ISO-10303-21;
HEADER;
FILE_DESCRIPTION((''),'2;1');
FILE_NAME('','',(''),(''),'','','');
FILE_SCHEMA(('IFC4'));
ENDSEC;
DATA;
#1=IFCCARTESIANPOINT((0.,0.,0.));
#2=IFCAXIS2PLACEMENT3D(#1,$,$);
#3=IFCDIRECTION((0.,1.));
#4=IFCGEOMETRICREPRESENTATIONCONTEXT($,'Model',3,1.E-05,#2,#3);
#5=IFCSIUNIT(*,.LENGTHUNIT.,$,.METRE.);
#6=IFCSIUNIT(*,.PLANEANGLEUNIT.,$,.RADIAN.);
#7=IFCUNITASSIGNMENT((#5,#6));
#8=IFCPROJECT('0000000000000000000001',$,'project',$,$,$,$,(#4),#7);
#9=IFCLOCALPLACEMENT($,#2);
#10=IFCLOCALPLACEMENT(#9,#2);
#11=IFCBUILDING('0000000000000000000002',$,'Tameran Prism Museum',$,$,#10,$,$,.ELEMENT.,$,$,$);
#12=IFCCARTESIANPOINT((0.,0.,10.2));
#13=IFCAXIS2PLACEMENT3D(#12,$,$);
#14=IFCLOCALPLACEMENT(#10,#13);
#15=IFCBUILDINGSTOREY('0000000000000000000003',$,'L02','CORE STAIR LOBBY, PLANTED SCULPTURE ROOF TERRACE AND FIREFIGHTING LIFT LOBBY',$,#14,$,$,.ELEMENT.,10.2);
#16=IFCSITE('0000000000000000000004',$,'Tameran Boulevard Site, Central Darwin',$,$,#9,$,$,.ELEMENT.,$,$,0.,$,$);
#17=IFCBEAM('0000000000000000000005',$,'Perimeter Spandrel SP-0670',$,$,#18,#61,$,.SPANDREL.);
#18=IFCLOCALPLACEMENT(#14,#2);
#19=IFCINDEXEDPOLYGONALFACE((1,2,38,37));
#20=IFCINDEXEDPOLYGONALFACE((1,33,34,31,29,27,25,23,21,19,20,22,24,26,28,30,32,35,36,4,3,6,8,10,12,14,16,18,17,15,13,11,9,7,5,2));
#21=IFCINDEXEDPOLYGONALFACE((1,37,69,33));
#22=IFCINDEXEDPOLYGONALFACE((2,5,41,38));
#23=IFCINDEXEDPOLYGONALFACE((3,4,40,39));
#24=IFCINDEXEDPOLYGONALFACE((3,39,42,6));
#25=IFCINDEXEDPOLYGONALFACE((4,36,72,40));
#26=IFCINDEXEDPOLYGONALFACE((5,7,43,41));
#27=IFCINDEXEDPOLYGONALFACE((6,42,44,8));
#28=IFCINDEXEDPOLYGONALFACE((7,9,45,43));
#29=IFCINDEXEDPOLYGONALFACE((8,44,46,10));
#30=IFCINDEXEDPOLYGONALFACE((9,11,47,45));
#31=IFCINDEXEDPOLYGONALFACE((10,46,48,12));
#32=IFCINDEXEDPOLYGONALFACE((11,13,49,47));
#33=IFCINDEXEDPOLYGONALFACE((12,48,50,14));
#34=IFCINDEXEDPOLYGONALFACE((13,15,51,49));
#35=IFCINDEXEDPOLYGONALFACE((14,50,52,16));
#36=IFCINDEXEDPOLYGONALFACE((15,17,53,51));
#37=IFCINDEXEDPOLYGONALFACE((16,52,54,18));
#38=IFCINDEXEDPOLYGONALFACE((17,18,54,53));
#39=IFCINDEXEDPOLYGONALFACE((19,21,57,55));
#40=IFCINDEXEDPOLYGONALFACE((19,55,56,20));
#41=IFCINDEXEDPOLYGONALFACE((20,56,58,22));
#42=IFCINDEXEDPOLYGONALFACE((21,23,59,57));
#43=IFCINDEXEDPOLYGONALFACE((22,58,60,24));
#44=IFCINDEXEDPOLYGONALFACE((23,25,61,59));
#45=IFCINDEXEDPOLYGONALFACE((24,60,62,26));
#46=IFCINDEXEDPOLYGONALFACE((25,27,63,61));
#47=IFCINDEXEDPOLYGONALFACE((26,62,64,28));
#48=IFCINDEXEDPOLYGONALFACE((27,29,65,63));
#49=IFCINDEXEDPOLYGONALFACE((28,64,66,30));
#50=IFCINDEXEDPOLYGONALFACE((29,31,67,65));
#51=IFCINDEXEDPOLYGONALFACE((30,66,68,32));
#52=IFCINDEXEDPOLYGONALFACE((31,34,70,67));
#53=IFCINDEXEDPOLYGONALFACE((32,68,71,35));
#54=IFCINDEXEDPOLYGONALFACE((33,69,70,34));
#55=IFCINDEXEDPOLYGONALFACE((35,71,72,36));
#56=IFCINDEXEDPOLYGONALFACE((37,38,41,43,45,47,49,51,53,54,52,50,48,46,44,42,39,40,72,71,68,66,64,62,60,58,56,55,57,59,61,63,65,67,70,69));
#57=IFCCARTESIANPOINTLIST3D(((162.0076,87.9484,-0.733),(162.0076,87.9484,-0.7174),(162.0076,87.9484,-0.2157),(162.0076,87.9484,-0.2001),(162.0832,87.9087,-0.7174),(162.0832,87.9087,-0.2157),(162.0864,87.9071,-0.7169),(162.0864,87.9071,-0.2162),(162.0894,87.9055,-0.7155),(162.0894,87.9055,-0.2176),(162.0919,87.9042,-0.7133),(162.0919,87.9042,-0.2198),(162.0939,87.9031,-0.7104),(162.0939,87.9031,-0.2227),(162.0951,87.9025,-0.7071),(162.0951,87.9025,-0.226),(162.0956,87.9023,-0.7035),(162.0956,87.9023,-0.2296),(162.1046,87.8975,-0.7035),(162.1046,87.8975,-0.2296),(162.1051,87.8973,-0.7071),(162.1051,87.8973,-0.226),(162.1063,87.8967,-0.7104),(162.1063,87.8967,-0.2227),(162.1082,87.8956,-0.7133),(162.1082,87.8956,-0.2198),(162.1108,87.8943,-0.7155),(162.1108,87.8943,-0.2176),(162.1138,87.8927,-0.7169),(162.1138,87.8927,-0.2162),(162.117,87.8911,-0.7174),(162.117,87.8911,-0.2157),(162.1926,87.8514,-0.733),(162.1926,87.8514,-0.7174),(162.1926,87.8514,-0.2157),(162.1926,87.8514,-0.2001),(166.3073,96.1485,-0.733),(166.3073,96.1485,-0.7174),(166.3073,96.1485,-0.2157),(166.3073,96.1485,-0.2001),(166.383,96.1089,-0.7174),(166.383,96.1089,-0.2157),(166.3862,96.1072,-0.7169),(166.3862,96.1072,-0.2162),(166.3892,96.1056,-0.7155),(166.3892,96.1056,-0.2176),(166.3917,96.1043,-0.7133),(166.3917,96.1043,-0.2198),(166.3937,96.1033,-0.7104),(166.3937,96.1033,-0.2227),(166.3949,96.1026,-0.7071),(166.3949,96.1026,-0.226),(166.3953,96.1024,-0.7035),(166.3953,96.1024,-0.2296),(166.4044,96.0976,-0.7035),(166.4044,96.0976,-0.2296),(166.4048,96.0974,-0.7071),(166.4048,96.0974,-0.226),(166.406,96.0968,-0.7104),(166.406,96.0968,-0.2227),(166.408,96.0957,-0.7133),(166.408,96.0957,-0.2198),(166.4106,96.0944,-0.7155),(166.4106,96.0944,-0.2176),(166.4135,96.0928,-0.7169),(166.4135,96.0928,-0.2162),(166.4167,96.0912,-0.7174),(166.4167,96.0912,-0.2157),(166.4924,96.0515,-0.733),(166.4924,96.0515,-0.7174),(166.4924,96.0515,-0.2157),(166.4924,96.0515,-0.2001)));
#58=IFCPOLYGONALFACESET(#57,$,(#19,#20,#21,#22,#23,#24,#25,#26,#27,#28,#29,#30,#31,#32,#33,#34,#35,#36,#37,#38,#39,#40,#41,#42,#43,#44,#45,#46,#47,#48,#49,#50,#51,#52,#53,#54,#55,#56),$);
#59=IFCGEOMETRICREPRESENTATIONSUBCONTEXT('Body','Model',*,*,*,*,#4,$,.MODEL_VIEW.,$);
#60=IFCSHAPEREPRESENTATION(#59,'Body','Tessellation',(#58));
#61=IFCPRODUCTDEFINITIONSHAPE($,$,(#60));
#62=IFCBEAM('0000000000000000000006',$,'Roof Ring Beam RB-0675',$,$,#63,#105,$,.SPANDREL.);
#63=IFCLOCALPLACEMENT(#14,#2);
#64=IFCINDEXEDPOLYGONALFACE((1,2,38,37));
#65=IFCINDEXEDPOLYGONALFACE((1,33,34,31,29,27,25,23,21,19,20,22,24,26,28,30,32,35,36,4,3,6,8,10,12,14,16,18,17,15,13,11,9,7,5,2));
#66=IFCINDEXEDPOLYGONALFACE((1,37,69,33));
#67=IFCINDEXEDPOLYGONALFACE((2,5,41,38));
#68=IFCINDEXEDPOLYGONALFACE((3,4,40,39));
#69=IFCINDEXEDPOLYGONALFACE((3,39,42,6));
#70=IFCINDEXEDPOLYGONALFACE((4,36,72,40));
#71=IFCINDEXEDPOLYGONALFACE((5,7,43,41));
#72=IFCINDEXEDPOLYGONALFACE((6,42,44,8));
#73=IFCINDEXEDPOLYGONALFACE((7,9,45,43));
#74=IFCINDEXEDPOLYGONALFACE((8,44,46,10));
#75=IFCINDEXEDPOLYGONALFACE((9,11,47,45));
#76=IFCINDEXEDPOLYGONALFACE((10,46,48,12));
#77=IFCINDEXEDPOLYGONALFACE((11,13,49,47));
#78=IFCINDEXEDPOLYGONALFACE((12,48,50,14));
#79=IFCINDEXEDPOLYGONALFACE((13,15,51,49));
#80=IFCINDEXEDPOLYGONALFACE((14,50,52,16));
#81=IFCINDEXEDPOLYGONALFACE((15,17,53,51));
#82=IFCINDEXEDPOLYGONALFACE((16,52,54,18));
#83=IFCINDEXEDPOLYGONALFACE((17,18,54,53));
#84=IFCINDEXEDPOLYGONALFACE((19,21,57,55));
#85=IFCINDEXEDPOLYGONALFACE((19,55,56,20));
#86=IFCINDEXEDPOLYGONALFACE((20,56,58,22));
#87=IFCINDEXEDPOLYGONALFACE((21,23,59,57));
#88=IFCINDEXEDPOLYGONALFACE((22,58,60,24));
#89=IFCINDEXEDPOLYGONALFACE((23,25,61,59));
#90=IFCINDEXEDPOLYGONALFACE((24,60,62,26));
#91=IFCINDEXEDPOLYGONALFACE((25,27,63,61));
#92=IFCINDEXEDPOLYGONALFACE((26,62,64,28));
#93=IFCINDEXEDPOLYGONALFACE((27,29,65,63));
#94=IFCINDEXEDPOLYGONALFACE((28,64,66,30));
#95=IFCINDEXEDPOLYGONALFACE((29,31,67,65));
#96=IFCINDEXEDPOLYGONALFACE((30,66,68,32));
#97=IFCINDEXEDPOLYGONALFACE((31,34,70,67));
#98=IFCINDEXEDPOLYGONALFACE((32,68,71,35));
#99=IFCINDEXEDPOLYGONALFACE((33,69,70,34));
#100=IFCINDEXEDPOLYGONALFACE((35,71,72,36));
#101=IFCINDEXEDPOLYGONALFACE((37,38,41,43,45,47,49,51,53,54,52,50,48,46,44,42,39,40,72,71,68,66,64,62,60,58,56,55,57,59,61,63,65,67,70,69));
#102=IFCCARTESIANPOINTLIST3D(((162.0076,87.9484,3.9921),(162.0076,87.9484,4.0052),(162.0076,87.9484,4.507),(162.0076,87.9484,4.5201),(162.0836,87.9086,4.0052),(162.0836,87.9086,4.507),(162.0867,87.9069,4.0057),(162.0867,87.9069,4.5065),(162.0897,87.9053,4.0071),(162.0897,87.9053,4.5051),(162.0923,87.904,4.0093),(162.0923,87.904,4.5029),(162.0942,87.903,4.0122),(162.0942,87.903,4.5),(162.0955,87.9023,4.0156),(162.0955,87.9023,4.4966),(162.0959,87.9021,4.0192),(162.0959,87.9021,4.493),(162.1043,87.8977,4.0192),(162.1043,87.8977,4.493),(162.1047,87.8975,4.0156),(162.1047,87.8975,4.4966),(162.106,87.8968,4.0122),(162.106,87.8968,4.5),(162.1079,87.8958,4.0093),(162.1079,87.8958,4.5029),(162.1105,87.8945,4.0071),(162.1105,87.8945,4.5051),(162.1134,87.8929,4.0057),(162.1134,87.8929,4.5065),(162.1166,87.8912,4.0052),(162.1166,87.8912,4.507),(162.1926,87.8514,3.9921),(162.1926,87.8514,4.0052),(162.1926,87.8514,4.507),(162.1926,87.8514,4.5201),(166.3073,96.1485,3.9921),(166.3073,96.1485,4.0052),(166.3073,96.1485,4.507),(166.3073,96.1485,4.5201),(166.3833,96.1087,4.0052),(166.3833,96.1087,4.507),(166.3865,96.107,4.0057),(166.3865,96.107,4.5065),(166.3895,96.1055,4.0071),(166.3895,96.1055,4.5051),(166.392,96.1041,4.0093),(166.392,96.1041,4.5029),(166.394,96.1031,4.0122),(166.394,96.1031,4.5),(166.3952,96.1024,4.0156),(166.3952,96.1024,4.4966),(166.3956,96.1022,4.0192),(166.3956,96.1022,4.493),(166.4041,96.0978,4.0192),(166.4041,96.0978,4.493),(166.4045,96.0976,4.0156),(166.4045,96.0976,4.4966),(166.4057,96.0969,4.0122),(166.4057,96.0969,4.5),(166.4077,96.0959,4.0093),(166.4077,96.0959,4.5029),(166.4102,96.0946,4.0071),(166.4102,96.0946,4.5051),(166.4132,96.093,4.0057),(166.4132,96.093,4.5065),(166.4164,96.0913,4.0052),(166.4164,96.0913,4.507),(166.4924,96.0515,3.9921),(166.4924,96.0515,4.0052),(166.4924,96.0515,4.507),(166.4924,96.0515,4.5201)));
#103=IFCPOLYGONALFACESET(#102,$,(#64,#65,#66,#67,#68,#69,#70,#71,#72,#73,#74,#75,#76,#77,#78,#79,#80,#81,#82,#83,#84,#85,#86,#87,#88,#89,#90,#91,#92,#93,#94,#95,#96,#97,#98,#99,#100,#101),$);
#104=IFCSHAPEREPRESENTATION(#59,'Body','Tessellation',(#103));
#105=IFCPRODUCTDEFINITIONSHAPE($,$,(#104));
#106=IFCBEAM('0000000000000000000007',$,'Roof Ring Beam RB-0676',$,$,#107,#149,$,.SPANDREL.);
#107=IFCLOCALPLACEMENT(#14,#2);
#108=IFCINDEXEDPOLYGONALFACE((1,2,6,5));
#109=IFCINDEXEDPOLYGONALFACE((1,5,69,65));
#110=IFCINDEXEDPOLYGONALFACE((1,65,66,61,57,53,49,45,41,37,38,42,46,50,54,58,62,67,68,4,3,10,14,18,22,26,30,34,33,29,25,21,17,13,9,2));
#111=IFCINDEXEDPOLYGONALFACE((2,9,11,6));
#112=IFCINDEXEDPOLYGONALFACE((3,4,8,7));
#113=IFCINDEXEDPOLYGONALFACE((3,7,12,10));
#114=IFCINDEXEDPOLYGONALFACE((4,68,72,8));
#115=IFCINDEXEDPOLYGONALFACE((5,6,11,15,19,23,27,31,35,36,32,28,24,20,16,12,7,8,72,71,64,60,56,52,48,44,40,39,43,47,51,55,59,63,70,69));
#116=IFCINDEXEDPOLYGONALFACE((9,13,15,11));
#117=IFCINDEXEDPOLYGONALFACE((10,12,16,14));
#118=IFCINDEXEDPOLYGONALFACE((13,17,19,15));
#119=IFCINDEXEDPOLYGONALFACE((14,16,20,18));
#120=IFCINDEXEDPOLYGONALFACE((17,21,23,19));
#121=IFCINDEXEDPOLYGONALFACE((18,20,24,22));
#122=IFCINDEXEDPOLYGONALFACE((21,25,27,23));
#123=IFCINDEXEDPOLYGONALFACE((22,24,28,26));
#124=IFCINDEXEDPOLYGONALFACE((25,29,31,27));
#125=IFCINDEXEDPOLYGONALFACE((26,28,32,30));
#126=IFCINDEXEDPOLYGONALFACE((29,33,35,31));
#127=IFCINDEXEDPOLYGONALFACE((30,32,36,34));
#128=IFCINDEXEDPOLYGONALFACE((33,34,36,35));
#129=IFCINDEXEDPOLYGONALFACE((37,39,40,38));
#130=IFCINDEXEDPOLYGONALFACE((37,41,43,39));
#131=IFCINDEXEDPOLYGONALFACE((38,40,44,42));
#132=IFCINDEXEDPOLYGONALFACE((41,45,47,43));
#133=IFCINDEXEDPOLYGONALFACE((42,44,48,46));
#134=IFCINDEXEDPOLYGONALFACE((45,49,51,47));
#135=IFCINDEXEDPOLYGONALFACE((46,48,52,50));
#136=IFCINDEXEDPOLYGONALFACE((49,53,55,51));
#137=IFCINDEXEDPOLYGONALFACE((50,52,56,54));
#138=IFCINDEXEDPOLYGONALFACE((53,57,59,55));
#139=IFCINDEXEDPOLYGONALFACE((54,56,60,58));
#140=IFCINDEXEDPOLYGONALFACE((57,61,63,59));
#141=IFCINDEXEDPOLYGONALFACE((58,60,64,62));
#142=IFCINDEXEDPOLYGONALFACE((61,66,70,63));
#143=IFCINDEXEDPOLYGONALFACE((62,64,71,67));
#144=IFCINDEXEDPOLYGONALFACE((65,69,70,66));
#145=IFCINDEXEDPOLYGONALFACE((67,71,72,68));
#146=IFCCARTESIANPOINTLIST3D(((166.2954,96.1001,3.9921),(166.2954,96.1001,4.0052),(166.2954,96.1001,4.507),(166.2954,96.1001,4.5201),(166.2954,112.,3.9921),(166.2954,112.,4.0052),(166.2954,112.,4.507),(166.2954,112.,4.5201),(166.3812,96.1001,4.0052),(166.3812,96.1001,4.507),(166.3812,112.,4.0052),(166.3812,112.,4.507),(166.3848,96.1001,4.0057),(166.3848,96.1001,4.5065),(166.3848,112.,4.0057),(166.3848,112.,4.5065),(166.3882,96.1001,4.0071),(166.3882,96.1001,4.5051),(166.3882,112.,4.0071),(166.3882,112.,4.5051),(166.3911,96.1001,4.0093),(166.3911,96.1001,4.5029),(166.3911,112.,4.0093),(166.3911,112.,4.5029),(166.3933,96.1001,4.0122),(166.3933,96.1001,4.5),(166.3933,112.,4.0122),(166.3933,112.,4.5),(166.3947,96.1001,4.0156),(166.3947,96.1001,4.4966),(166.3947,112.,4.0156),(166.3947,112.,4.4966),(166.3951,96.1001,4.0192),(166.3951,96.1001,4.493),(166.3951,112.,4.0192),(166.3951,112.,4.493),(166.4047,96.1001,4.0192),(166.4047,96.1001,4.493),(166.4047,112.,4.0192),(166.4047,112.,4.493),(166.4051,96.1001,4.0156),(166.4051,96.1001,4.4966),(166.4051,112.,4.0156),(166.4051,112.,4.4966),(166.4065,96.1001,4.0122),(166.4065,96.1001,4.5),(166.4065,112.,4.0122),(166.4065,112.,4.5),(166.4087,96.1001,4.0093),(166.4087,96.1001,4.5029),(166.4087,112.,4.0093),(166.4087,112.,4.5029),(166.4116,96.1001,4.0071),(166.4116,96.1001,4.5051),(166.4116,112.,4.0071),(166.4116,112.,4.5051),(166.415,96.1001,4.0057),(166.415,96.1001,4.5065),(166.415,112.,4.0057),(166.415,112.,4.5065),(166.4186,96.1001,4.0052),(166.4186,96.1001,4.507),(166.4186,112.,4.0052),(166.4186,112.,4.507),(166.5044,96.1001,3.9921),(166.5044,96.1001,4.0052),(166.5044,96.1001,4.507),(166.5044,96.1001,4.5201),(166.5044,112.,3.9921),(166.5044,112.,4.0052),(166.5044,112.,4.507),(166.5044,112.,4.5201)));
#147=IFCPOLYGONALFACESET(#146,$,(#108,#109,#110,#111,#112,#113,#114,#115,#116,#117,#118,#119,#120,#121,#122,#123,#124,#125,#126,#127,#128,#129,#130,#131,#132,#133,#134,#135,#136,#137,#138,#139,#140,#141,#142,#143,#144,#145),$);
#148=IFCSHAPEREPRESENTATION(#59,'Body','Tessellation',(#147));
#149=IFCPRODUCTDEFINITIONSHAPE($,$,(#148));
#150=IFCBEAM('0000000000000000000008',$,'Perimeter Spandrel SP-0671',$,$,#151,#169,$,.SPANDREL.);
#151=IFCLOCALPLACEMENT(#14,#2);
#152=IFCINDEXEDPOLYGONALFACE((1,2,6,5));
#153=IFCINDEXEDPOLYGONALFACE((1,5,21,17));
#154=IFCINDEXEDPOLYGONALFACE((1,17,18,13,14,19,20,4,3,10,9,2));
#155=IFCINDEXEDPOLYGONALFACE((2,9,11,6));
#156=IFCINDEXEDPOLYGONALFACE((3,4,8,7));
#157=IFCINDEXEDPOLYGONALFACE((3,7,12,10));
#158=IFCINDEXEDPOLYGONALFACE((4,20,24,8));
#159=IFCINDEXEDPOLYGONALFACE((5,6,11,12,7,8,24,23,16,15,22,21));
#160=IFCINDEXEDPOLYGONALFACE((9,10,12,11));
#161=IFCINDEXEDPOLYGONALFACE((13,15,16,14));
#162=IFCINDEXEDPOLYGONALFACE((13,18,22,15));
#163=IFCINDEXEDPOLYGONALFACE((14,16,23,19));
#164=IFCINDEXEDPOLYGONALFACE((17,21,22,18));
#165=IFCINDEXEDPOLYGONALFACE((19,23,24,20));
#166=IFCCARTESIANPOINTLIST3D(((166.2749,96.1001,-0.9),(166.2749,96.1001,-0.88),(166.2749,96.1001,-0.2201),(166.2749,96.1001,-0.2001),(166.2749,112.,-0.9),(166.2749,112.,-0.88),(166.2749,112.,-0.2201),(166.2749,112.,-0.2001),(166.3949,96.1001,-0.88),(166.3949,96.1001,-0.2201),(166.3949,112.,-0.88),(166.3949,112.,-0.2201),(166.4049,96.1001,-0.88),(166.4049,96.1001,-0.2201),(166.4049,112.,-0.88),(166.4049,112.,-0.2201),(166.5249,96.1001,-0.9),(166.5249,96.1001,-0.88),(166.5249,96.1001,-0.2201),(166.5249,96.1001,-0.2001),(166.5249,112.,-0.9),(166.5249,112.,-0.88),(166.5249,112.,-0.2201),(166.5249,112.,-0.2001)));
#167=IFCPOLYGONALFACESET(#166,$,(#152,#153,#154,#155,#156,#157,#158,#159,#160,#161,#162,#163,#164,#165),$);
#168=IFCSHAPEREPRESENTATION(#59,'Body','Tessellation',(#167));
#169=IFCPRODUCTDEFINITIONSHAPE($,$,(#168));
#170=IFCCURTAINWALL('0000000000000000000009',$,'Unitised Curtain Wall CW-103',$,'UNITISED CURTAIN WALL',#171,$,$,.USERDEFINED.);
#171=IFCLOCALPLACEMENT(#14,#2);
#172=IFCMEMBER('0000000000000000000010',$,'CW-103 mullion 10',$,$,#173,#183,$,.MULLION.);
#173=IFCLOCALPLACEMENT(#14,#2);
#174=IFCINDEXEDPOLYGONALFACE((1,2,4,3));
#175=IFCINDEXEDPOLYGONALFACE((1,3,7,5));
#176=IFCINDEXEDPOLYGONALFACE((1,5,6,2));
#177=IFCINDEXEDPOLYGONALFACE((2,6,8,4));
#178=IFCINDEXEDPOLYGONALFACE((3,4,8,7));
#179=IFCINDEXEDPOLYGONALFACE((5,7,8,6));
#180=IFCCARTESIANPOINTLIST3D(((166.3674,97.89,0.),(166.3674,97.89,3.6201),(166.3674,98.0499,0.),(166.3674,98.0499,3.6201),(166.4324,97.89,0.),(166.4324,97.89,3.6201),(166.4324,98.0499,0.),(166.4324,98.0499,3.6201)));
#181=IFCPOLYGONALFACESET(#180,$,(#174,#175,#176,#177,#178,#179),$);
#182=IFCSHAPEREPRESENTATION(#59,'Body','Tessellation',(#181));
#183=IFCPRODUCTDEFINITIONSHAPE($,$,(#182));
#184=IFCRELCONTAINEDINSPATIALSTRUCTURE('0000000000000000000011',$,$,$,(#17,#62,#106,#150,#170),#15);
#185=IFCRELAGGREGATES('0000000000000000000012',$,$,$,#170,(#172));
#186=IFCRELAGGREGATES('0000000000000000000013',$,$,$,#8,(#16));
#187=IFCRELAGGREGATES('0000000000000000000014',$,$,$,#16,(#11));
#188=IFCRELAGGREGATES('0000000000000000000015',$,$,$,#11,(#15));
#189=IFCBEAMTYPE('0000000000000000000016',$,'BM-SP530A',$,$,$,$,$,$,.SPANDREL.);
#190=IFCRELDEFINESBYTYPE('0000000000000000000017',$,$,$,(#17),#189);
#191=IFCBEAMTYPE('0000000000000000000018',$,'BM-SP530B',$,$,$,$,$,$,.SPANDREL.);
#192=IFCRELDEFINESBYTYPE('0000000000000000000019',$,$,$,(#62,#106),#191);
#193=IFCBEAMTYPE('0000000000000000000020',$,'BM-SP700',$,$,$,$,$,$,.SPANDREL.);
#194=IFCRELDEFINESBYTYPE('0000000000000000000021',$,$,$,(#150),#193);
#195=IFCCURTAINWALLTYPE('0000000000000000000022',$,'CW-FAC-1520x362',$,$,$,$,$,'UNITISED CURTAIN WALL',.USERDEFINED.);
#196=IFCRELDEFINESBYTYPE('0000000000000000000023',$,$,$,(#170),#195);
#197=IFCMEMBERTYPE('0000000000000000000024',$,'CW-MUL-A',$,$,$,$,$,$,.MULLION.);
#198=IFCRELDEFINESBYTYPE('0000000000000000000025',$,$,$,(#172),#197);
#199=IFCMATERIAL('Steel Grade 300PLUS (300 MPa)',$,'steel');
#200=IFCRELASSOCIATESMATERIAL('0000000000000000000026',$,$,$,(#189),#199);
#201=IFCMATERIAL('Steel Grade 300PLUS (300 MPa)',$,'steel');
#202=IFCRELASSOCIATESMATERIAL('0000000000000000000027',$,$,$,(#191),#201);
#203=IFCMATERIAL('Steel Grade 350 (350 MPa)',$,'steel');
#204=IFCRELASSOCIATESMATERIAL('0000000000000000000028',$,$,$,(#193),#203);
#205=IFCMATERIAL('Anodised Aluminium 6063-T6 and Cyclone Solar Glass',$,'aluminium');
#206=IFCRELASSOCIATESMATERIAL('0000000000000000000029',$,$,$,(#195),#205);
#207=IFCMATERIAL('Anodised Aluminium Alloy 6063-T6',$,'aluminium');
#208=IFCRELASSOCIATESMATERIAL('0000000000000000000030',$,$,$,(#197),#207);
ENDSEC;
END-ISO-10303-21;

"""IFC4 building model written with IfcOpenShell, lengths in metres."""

from ifc_helpers import new_model, si_unit, direction, frame, origin, origin_2d, place, context, subcontext, project, spatial, rectangle, i_section, extrude, material, material_profile, profile_set, type_object, element, aggregate, save


model = new_model("IFC4")

# Units and contexts
model_context = context("Model", 3, precision=1e-05, world=origin(), true_north=direction((0.0, 1.0)))
body_context = subcontext(model_context, "Body", "Model", "MODEL_VIEW")
ifc_project = project(units=[si_unit("LENGTHUNIT", "METRE"), si_unit("PLANEANGLEUNIT", "RADIAN")], contexts=[model_context])

# Site, building, storey
site_placement = place(None, origin())
site = spatial("IfcSite", under=ifc_project, at=site_placement, Name="Tameran Boulevard Site, Central Darwin", CompositionType="ELEMENT", RefElevation=0.0)
building_placement = place(site_placement, origin())
building = spatial("IfcBuilding", under=site, at=building_placement, Name="Tameran Prism Museum", CompositionType="ELEMENT")
storey_placement = place(building_placement, frame((0.0, 0.0, 10.2)))
storey = spatial("IfcBuildingStorey", under=building, at=storey_placement, Name="L02", Description="CORE STAIR LOBBY, PLANTED SCULPTURE ROOF TERRACE AND FIREFIGHTING LIFT LOBBY", CompositionType="ELEMENT", Elevation=10.2)

# Beams
ifc_material_1 = material(Name="Steel Grade 300PLUS (300 MPa)", Category="steel")
ifc_material_profile_1 = material_profile(ifc_material_1, i_section(OverallWidth=0.209, OverallDepth=0.533, WebThickness=0.0103, FlangeThickness=0.0156, FilletRadius=0.0139, at=origin_2d()))
ifc_profile_set_1 = profile_set([ifc_material_profile_1])
beam_type_1 = type_object("IfcBeamType", Name="BM-SP530A", PredefinedType="SPANDREL", material=ifc_profile_set_1)
beam_1_placement = place(storey_placement, frame((162.1001, 87.8999, -0.4666), z_axis=(0.464385, 0.885633, 0.0), x_axis=(-0.885633, 0.464385, 0.0)))
element("IfcBeam", 1, at=beam_1_placement, inside=storey, type_object=beam_type_1, Name="Perimeter Spandrel SP-0670", PredefinedType="SPANDREL", context=body_context, shape_type="SweptSolid", body=[
    extrude(i_section(OverallWidth=0.209, OverallDepth=0.533, WebThickness=0.0103, FlangeThickness=0.0156, FilletRadius=0.0139, at=origin_2d()), origin(), (0.0, 0.0, 1.0), 9.259),
])
ifc_material_2 = material(Name="Steel Grade 300PLUS (300 MPa)", Category="steel")
ifc_material_profile_2 = material_profile(ifc_material_2, i_section(OverallWidth=0.209, OverallDepth=0.5281, WebThickness=0.0095, FlangeThickness=0.0132, FilletRadius=0.0139, at=origin_2d()))
ifc_profile_set_2 = profile_set([ifc_material_profile_2])
beam_type_2 = type_object("IfcBeamType", Name="BM-SP530B", PredefinedType="SPANDREL", material=ifc_profile_set_2)
beam_2_placement = place(storey_placement, frame((162.1001, 87.8999, 4.2561), z_axis=(0.464385, 0.885633, 0.0), x_axis=(-0.885633, 0.464385, 0.0)))
element("IfcBeam", 2, at=beam_2_placement, inside=storey, type_object=beam_type_2, Name="Roof Ring Beam RB-0675", PredefinedType="SPANDREL", context=body_context, shape_type="SweptSolid", body=[
    extrude(i_section(OverallWidth=0.209, OverallDepth=0.5281, WebThickness=0.0095, FlangeThickness=0.0132, FilletRadius=0.0139, at=origin_2d()), origin(), (0.0, 0.0, 1.0), 9.259),
])
beam_3_placement = place(storey_placement, frame((166.3999, 96.1001, 4.2561), z_axis=(0.0, 1.0, 0.0), x_axis=(-1.0, 0.0, 0.0)))
element("IfcBeam", 3, at=beam_3_placement, inside=storey, type_object=beam_type_2, Name="Roof Ring Beam RB-0676", PredefinedType="SPANDREL", context=body_context, shape_type="SweptSolid", body=[
    extrude(i_section(OverallWidth=0.209, OverallDepth=0.5281, WebThickness=0.0095, FlangeThickness=0.0132, FilletRadius=0.0139, at=origin_2d()), origin(), (0.0, 0.0, 1.0), 15.8999),
])
ifc_material_3 = material(Name="Steel Grade 350 (350 MPa)", Category="steel")
ifc_material_profile_3 = material_profile(ifc_material_3, i_section(OverallWidth=0.25, OverallDepth=0.7, WebThickness=0.01, FlangeThickness=0.02, at=origin_2d()))
ifc_profile_set_3 = profile_set([ifc_material_profile_3])
beam_type_3 = type_object("IfcBeamType", Name="BM-SP700", PredefinedType="SPANDREL", material=ifc_profile_set_3)
beam_4_placement = place(storey_placement, frame((166.3999, 96.1001, -0.55), z_axis=(0.0, 1.0, 0.0), x_axis=(-1.0, 0.0, 0.0)))
element("IfcBeam", 4, at=beam_4_placement, inside=storey, type_object=beam_type_3, Name="Perimeter Spandrel SP-0671", PredefinedType="SPANDREL", context=body_context, shape_type="SweptSolid", body=[
    extrude(i_section(OverallWidth=0.25, OverallDepth=0.7, WebThickness=0.01, FlangeThickness=0.02, at=origin_2d()), origin(), (0.0, 0.0, 1.0), 15.8999),
])

# Curtain wall, member
ifc_material_4 = material(Name="Anodised Aluminium 6063-T6 and Cyclone Solar Glass", Category="aluminium")
curtain_wall_type_1 = type_object("IfcCurtainWallType", Name="CW-FAC-1520x362", ElementType="UNITISED CURTAIN WALL", PredefinedType="USERDEFINED", material=ifc_material_4)
curtain_wall_1_placement = place(storey_placement, origin())
curtain_wall_1 = element("IfcCurtainWall", 5, at=curtain_wall_1_placement, inside=storey, type_object=curtain_wall_type_1, Name="Unitised Curtain Wall CW-103", ObjectType="UNITISED CURTAIN WALL", PredefinedType="USERDEFINED")
ifc_material_5 = material(Name="Anodised Aluminium Alloy 6063-T6", Category="aluminium")
ifc_material_profile_4 = material_profile(ifc_material_5, rectangle(XDim=0.0649, YDim=0.1599, at=origin_2d()))
ifc_profile_set_4 = profile_set([ifc_material_profile_4])
member_type_1 = type_object("IfcMemberType", Name="CW-MUL-A", PredefinedType="MULLION", material=ifc_profile_set_4)
member_1_placement = place(storey_placement, frame((166.3999, 97.97, 0.0), z_axis=(0.0, 0.0, 1.0), x_axis=(1.0, 0.0, 0.0)))
member_1 = element("IfcMember", 6, at=member_1_placement, type_object=member_type_1, Name="CW-103 mullion 10", PredefinedType="MULLION", context=body_context, shape_type="SweptSolid", body=[
    extrude(rectangle(XDim=0.0649, YDim=0.1599, at=origin_2d()), origin(), (0.0, 0.0, 1.0), 3.6201),
])

aggregate(curtain_wall_1, [member_1])

save(model, "model.ifc")
